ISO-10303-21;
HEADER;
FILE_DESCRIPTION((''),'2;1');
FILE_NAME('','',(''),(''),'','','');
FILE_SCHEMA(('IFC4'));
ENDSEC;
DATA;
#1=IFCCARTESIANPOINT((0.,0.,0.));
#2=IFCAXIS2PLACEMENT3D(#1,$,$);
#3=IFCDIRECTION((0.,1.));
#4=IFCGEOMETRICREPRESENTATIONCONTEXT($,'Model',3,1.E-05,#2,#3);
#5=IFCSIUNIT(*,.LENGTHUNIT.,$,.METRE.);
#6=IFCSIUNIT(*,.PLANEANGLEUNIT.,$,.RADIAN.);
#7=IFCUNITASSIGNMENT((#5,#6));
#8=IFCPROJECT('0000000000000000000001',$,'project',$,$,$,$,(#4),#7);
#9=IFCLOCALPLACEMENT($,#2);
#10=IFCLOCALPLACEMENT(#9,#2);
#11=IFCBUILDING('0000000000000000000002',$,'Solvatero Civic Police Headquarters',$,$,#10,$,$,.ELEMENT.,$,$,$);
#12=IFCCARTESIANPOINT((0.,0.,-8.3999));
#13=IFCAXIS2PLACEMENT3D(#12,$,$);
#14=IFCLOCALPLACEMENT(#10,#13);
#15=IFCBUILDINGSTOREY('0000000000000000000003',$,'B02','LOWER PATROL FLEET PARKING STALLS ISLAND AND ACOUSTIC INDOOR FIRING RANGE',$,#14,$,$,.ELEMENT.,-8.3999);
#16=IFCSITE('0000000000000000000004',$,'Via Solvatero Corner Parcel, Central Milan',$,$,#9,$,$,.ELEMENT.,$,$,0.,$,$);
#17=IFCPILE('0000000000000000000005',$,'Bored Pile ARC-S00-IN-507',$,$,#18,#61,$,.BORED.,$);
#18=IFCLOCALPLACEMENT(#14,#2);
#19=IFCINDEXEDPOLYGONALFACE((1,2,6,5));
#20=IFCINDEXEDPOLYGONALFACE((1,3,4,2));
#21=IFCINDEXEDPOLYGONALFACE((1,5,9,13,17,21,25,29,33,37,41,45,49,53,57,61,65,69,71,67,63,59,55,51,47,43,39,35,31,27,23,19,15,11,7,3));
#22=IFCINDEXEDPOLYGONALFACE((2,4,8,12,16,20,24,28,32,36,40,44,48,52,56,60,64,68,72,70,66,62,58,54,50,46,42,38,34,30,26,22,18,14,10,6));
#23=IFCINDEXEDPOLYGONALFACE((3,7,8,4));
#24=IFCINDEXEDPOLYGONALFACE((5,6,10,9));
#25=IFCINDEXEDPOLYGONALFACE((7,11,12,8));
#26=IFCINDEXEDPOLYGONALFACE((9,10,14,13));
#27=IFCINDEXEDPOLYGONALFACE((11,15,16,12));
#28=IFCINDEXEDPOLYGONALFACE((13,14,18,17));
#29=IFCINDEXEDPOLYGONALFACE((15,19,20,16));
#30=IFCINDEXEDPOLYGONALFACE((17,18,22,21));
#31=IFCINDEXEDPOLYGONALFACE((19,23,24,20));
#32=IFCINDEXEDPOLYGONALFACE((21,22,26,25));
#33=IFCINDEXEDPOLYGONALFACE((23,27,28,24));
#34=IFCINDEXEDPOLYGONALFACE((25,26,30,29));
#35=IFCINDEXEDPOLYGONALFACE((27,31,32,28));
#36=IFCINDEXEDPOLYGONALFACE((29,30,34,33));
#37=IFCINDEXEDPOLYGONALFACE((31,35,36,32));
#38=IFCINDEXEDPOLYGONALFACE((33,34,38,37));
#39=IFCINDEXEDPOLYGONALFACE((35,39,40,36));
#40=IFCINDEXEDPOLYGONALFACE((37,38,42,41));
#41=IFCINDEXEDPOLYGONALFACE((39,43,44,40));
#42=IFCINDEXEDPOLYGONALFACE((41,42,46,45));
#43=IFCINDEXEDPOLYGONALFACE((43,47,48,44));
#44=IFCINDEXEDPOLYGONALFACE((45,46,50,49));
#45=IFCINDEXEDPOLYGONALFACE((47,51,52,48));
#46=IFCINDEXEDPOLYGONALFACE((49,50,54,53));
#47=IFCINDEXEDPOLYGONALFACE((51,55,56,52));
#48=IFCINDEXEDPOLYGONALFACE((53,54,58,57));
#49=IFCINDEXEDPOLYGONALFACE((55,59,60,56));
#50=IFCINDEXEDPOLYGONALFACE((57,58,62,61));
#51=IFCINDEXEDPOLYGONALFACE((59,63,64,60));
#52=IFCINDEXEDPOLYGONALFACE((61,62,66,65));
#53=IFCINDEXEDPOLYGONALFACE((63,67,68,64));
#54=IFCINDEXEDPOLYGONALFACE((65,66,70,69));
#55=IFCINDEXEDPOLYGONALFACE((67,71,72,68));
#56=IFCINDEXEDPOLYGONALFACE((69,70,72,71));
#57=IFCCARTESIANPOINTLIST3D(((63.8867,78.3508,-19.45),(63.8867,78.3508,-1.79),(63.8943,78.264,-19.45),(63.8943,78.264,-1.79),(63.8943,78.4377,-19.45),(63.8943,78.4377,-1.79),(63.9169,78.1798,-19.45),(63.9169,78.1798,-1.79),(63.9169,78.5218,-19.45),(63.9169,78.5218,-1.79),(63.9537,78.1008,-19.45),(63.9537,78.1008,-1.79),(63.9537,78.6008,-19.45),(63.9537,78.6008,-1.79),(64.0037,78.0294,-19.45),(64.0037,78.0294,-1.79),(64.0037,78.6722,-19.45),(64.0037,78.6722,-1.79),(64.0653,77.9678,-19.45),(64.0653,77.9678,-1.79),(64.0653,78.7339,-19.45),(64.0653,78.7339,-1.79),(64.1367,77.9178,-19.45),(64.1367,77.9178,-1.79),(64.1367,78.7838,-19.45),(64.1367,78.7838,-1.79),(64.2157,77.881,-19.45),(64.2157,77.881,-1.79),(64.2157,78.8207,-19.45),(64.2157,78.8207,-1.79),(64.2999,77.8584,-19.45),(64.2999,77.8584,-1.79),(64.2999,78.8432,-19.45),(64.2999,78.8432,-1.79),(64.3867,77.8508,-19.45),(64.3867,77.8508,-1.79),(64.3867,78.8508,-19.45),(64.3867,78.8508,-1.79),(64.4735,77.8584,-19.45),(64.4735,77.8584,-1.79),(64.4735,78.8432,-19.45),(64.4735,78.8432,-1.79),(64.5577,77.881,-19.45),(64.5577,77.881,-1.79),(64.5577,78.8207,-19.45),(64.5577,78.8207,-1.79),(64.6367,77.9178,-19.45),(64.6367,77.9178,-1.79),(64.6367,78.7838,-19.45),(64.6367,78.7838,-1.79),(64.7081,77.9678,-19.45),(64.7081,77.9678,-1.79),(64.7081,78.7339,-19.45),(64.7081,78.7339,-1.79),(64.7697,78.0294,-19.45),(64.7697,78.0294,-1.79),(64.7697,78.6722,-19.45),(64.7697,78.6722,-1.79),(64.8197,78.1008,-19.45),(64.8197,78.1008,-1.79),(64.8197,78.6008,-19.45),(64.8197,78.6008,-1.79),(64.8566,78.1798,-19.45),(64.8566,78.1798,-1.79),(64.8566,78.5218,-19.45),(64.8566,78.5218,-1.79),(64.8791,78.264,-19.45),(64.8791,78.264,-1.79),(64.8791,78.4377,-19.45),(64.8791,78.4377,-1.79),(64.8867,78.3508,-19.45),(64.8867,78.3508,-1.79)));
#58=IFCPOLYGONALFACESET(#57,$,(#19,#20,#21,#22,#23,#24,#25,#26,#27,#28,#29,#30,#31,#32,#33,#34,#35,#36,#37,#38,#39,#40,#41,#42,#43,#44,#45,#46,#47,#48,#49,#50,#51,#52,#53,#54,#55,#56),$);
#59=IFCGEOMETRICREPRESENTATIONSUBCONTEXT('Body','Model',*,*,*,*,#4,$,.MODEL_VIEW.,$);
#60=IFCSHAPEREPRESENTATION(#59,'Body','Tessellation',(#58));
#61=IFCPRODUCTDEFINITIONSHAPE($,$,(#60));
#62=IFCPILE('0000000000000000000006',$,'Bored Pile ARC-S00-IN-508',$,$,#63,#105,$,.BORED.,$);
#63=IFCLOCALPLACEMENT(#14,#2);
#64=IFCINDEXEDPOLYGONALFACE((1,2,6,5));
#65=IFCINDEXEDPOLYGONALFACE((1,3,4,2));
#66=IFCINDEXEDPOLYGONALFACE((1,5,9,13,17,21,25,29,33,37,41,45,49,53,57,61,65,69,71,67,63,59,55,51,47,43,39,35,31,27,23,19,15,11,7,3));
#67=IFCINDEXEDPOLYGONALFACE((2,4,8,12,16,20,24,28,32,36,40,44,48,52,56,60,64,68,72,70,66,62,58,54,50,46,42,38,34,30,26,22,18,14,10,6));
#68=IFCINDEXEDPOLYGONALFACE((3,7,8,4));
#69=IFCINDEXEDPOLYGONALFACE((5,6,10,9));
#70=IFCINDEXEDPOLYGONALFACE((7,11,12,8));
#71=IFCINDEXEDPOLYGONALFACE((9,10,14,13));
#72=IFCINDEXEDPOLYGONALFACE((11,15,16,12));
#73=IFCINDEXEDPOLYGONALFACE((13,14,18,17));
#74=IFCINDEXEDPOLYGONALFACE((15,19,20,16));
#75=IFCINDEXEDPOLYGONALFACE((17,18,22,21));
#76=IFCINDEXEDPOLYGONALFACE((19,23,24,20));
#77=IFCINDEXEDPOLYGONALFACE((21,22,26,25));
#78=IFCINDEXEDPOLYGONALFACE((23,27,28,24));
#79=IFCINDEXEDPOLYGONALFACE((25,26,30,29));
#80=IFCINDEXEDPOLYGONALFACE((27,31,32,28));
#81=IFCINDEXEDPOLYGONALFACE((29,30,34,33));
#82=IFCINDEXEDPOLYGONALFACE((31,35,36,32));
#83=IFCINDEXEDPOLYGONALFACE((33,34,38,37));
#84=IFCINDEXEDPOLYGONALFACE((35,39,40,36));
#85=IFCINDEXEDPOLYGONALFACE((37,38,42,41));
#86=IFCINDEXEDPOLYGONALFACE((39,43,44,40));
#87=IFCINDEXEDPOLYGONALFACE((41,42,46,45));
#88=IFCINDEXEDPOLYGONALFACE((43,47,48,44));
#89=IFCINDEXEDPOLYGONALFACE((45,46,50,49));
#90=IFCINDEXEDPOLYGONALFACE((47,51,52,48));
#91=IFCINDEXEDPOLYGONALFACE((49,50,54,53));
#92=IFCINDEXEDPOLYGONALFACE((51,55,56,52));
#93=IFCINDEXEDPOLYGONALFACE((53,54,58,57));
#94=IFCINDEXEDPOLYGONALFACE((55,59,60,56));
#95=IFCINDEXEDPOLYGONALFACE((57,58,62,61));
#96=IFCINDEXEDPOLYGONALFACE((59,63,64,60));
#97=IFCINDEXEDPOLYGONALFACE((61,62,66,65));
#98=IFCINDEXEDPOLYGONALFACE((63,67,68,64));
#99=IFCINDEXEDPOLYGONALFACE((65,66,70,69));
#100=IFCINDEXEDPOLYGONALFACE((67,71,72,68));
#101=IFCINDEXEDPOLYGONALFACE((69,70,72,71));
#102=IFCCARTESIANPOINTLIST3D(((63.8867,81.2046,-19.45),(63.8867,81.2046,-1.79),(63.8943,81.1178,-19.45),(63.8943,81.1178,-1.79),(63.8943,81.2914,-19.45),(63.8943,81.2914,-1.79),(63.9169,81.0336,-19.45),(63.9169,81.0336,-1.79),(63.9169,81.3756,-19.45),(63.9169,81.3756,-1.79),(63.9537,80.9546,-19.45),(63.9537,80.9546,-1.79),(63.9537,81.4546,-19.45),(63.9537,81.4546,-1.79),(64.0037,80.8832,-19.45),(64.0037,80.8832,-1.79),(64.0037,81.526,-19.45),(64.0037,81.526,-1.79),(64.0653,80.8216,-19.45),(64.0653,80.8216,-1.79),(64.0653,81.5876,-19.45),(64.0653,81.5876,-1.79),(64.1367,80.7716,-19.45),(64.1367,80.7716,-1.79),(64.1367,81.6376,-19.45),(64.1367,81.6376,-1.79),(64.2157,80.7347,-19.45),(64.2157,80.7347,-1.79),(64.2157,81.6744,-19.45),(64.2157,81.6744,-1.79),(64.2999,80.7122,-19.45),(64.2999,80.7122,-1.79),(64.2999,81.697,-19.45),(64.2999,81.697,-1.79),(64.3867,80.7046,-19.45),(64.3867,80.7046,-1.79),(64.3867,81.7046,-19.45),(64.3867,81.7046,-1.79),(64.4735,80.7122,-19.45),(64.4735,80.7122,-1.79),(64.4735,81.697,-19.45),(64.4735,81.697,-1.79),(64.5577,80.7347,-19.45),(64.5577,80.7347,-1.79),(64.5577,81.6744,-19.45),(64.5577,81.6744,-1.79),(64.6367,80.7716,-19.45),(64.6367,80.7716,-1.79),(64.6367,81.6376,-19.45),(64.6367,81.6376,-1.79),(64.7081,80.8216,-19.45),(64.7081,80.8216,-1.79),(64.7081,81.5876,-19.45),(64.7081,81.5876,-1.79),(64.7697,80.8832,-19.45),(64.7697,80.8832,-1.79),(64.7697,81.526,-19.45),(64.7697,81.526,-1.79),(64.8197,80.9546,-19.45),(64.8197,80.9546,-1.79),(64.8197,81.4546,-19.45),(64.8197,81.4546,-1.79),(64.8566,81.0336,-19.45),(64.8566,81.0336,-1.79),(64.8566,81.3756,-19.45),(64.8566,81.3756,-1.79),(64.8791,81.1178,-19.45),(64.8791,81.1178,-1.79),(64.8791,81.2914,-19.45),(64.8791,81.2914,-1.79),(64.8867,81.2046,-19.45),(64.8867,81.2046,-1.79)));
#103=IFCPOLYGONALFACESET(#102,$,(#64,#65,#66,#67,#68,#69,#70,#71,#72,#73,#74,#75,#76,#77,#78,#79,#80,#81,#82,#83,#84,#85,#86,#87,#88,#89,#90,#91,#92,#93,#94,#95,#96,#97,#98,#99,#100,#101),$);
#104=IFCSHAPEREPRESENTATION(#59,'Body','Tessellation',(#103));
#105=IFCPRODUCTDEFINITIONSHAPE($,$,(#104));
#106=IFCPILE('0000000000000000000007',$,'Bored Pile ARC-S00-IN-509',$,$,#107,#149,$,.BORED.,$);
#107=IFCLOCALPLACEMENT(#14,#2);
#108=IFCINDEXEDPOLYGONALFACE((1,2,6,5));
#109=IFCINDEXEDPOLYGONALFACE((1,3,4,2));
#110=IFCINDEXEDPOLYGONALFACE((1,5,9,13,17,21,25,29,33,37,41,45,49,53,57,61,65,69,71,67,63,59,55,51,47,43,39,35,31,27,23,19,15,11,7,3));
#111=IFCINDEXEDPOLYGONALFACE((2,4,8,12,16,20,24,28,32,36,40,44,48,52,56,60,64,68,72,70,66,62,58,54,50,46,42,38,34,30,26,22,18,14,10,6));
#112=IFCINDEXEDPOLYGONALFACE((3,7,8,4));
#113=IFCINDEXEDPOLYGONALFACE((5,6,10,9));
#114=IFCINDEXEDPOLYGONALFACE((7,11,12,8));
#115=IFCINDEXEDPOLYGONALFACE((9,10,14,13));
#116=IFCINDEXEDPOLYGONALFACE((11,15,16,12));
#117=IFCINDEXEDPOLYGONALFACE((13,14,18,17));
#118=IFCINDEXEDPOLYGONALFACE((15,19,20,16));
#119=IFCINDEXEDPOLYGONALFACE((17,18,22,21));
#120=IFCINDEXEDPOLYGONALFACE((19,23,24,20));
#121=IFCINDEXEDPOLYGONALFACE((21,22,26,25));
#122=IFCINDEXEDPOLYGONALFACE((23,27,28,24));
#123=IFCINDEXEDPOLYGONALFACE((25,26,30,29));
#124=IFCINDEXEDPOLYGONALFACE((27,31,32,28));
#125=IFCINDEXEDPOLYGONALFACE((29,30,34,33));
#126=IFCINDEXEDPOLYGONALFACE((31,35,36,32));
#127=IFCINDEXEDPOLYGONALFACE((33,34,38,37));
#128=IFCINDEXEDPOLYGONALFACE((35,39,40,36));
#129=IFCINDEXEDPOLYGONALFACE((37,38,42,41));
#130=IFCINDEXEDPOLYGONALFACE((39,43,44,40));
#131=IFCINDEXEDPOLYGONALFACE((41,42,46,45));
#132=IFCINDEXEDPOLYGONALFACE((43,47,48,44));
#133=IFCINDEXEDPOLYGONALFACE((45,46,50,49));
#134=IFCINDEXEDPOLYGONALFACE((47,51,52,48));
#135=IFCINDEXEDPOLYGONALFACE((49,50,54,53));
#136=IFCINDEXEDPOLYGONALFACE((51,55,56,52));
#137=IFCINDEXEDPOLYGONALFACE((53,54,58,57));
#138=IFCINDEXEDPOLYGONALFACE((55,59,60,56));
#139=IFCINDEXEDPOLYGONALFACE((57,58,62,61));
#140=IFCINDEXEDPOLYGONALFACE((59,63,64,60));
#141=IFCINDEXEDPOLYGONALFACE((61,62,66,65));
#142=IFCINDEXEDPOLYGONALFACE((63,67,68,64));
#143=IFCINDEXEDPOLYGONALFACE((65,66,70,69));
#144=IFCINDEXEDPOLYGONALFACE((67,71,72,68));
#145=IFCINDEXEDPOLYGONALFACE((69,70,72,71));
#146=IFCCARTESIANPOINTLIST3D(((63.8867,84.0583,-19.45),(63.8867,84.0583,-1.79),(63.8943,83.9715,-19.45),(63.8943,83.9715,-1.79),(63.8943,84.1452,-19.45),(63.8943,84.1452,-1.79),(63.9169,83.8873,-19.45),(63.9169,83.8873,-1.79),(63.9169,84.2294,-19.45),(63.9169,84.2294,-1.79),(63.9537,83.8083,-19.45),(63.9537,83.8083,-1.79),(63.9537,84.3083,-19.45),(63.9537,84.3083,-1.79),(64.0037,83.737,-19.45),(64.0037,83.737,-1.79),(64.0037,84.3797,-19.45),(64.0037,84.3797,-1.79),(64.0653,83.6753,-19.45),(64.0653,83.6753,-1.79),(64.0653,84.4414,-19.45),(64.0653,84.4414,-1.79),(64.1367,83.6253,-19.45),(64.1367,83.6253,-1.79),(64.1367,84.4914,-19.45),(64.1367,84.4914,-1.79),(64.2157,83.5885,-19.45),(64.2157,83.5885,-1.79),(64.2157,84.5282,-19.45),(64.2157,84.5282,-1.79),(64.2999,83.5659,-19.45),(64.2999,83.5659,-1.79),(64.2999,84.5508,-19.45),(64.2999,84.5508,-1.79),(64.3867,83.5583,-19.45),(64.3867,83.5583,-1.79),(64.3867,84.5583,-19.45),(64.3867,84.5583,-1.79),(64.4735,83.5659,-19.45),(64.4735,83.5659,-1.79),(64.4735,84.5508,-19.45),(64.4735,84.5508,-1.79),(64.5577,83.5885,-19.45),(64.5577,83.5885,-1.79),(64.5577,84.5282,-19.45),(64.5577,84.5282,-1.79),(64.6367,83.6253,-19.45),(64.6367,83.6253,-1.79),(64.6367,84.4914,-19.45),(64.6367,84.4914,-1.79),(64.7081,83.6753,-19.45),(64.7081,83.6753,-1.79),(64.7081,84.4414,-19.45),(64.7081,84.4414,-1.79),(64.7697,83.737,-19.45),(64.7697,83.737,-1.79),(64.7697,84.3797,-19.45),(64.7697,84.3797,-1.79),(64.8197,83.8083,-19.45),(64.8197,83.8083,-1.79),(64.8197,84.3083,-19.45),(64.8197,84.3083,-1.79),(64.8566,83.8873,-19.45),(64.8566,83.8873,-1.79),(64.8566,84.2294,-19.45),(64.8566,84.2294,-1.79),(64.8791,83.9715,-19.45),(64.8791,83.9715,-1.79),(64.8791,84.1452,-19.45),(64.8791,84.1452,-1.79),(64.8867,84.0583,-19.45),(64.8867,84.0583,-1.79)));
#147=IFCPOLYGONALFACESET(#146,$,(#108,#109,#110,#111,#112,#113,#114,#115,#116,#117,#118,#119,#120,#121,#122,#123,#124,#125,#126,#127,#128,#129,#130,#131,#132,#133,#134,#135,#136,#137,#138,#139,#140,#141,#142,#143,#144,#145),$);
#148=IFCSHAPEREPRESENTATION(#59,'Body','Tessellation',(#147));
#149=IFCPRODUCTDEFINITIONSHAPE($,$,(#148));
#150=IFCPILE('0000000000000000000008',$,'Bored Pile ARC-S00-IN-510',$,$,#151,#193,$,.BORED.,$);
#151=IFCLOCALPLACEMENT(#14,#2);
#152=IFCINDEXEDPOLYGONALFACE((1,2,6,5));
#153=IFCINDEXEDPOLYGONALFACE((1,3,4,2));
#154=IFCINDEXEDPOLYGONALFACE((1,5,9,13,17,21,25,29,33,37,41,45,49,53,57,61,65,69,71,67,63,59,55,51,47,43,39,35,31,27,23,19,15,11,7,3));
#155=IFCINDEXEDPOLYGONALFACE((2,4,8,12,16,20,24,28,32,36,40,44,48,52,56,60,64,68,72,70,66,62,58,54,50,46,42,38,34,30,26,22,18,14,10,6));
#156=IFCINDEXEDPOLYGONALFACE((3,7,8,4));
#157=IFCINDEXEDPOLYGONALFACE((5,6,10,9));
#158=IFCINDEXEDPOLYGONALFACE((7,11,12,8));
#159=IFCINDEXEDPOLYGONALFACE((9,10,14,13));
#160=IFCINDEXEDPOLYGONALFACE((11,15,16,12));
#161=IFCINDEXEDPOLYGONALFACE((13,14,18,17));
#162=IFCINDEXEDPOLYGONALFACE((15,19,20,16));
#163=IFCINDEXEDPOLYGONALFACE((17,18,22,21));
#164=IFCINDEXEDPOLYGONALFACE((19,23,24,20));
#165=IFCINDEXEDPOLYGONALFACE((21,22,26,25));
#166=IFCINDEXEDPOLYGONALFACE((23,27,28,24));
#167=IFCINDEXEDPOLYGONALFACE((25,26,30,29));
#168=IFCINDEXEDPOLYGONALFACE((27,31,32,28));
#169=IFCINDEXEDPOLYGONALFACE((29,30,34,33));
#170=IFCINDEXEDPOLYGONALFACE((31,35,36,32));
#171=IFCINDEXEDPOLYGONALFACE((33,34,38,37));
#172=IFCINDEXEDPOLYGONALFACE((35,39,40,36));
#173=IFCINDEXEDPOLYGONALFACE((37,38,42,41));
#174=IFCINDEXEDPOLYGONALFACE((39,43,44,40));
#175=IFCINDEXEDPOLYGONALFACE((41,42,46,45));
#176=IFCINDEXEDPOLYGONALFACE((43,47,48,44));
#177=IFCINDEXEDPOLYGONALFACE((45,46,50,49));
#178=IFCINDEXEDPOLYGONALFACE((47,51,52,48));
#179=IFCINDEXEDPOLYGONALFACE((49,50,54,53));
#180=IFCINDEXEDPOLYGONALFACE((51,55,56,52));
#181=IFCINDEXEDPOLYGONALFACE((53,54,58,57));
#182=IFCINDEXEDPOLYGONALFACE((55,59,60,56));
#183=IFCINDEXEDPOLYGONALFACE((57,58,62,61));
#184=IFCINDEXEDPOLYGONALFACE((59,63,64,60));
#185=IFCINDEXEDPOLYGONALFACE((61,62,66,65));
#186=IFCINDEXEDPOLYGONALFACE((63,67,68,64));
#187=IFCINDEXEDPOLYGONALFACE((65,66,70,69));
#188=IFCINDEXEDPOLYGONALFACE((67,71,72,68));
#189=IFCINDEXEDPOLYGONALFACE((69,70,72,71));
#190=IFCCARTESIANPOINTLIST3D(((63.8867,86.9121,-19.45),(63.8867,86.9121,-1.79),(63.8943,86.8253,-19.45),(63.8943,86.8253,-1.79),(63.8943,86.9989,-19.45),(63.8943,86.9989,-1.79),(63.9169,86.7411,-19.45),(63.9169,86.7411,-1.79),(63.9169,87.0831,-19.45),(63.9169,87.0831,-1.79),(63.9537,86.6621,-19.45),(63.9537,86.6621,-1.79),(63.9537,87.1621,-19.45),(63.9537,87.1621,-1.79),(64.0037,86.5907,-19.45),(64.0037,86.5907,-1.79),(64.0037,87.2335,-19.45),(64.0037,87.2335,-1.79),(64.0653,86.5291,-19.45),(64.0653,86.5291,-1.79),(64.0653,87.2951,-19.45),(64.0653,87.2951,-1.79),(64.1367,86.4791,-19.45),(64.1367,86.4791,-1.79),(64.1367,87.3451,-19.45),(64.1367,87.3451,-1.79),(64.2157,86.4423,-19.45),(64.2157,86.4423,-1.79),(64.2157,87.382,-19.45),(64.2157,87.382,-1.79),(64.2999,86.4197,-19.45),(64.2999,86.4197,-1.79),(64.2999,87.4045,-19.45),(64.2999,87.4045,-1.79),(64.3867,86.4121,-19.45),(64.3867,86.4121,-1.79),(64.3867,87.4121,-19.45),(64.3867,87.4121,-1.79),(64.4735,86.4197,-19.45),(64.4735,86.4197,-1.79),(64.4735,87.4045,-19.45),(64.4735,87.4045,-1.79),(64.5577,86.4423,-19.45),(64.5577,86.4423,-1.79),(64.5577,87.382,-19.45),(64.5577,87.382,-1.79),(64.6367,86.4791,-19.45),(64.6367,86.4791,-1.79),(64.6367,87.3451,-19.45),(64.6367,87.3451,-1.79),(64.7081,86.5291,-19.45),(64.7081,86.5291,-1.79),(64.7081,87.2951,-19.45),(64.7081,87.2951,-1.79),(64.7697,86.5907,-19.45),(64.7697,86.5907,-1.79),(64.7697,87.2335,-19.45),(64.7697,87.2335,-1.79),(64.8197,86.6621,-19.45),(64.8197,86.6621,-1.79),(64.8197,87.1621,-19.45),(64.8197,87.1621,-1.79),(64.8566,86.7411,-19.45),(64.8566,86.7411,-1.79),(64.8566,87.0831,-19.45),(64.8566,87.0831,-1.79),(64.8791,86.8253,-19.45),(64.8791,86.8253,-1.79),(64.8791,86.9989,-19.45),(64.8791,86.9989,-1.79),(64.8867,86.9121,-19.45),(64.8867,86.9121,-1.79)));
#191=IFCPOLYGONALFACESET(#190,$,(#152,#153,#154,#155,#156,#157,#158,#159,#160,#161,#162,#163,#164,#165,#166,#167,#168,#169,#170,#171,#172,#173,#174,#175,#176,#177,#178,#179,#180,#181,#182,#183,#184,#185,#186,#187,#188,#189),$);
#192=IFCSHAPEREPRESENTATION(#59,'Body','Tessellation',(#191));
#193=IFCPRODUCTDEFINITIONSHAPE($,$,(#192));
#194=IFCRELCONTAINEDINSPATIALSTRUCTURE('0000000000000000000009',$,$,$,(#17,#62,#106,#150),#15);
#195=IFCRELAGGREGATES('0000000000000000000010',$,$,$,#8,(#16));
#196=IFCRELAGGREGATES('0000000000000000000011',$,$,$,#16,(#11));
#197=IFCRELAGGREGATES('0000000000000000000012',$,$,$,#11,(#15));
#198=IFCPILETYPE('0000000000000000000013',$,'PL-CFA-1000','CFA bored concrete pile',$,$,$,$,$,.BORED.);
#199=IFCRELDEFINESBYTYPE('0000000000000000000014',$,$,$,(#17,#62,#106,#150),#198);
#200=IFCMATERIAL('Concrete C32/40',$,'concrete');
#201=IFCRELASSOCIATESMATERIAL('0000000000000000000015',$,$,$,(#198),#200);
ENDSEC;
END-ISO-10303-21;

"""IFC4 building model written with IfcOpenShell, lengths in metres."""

from ifc_helpers import new_model, si_unit, direction, frame, origin, origin_2d, place, context, subcontext, project, spatial, circle, extrude, material, material_profile, profile_set, type_object, element, save


model = new_model("IFC4")

# Units and contexts
model_context = context("Model", 3, precision=1e-05, world=origin(), true_north=direction((0.0, 1.0)))
body_context = subcontext(model_context, "Body", "Model", "MODEL_VIEW")
ifc_project = project(units=[si_unit("LENGTHUNIT", "METRE"), si_unit("PLANEANGLEUNIT", "RADIAN")], contexts=[model_context])

# Site, building, storey
site_placement = place(None, origin())
site = spatial("IfcSite", under=ifc_project, at=site_placement, Name="Via Solvatero Corner Parcel, Central Milan", CompositionType="ELEMENT", RefElevation=0.0)
building_placement = place(site_placement, origin())
building = spatial("IfcBuilding", under=site, at=building_placement, Name="Solvatero Civic Police Headquarters", CompositionType="ELEMENT")
storey_placement = place(building_placement, frame((0.0, 0.0, -8.3999)))
storey = spatial("IfcBuildingStorey", under=building, at=storey_placement, Name="B02", Description="LOWER PATROL FLEET PARKING STALLS ISLAND AND ACOUSTIC INDOOR FIRING RANGE", CompositionType="ELEMENT", Elevation=-8.3999)

# Piles
ifc_material_1 = material(Name="Concrete C32/40", Category="concrete")
ifc_material_profile_1 = material_profile(ifc_material_1, circle(Radius=0.5, at=origin_2d()), Name="CFA PILE D1000")
ifc_profile_set_1 = profile_set([ifc_material_profile_1], Name="Concrete C32/40")
pile_type = type_object("IfcPileType", Name="PL-CFA-1000", Description="CFA bored concrete pile", PredefinedType="BORED", material=ifc_profile_set_1)
for number, where, z_axis, x_axis, name in (
    (1, (64.3867, 78.3508, -1.79), (0.0, 0.0, -1.0), (1.0, 0.0, 0.0), "Bored Pile ARC-S00-IN-507"),
    (2, (64.3867, 81.2046, -1.79), (0.0, 0.0, -1.0), (1.0, 0.0, 0.0), "Bored Pile ARC-S00-IN-508"),
    (3, (64.3867, 84.0583, -1.79), (0.0, 0.0, -1.0), (1.0, 0.0, 0.0), "Bored Pile ARC-S00-IN-509"),
    (4, (64.3867, 86.9121, -1.79), (0.0, 0.0, -1.0), (1.0, 0.0, 0.0), "Bored Pile ARC-S00-IN-510"),
):
    element("IfcPile", number, at=place(storey_placement, frame(where, z_axis=z_axis, x_axis=x_axis)), inside=storey, type_object=pile_type, Name=name, PredefinedType="BORED", context=body_context, shape_type="SweptSolid", body=[
        extrude(circle(Radius=0.5, at=origin_2d()), origin(), (0.0, 0.0, 1.0), 17.6599),
    ])

save(model, "model.ifc")
